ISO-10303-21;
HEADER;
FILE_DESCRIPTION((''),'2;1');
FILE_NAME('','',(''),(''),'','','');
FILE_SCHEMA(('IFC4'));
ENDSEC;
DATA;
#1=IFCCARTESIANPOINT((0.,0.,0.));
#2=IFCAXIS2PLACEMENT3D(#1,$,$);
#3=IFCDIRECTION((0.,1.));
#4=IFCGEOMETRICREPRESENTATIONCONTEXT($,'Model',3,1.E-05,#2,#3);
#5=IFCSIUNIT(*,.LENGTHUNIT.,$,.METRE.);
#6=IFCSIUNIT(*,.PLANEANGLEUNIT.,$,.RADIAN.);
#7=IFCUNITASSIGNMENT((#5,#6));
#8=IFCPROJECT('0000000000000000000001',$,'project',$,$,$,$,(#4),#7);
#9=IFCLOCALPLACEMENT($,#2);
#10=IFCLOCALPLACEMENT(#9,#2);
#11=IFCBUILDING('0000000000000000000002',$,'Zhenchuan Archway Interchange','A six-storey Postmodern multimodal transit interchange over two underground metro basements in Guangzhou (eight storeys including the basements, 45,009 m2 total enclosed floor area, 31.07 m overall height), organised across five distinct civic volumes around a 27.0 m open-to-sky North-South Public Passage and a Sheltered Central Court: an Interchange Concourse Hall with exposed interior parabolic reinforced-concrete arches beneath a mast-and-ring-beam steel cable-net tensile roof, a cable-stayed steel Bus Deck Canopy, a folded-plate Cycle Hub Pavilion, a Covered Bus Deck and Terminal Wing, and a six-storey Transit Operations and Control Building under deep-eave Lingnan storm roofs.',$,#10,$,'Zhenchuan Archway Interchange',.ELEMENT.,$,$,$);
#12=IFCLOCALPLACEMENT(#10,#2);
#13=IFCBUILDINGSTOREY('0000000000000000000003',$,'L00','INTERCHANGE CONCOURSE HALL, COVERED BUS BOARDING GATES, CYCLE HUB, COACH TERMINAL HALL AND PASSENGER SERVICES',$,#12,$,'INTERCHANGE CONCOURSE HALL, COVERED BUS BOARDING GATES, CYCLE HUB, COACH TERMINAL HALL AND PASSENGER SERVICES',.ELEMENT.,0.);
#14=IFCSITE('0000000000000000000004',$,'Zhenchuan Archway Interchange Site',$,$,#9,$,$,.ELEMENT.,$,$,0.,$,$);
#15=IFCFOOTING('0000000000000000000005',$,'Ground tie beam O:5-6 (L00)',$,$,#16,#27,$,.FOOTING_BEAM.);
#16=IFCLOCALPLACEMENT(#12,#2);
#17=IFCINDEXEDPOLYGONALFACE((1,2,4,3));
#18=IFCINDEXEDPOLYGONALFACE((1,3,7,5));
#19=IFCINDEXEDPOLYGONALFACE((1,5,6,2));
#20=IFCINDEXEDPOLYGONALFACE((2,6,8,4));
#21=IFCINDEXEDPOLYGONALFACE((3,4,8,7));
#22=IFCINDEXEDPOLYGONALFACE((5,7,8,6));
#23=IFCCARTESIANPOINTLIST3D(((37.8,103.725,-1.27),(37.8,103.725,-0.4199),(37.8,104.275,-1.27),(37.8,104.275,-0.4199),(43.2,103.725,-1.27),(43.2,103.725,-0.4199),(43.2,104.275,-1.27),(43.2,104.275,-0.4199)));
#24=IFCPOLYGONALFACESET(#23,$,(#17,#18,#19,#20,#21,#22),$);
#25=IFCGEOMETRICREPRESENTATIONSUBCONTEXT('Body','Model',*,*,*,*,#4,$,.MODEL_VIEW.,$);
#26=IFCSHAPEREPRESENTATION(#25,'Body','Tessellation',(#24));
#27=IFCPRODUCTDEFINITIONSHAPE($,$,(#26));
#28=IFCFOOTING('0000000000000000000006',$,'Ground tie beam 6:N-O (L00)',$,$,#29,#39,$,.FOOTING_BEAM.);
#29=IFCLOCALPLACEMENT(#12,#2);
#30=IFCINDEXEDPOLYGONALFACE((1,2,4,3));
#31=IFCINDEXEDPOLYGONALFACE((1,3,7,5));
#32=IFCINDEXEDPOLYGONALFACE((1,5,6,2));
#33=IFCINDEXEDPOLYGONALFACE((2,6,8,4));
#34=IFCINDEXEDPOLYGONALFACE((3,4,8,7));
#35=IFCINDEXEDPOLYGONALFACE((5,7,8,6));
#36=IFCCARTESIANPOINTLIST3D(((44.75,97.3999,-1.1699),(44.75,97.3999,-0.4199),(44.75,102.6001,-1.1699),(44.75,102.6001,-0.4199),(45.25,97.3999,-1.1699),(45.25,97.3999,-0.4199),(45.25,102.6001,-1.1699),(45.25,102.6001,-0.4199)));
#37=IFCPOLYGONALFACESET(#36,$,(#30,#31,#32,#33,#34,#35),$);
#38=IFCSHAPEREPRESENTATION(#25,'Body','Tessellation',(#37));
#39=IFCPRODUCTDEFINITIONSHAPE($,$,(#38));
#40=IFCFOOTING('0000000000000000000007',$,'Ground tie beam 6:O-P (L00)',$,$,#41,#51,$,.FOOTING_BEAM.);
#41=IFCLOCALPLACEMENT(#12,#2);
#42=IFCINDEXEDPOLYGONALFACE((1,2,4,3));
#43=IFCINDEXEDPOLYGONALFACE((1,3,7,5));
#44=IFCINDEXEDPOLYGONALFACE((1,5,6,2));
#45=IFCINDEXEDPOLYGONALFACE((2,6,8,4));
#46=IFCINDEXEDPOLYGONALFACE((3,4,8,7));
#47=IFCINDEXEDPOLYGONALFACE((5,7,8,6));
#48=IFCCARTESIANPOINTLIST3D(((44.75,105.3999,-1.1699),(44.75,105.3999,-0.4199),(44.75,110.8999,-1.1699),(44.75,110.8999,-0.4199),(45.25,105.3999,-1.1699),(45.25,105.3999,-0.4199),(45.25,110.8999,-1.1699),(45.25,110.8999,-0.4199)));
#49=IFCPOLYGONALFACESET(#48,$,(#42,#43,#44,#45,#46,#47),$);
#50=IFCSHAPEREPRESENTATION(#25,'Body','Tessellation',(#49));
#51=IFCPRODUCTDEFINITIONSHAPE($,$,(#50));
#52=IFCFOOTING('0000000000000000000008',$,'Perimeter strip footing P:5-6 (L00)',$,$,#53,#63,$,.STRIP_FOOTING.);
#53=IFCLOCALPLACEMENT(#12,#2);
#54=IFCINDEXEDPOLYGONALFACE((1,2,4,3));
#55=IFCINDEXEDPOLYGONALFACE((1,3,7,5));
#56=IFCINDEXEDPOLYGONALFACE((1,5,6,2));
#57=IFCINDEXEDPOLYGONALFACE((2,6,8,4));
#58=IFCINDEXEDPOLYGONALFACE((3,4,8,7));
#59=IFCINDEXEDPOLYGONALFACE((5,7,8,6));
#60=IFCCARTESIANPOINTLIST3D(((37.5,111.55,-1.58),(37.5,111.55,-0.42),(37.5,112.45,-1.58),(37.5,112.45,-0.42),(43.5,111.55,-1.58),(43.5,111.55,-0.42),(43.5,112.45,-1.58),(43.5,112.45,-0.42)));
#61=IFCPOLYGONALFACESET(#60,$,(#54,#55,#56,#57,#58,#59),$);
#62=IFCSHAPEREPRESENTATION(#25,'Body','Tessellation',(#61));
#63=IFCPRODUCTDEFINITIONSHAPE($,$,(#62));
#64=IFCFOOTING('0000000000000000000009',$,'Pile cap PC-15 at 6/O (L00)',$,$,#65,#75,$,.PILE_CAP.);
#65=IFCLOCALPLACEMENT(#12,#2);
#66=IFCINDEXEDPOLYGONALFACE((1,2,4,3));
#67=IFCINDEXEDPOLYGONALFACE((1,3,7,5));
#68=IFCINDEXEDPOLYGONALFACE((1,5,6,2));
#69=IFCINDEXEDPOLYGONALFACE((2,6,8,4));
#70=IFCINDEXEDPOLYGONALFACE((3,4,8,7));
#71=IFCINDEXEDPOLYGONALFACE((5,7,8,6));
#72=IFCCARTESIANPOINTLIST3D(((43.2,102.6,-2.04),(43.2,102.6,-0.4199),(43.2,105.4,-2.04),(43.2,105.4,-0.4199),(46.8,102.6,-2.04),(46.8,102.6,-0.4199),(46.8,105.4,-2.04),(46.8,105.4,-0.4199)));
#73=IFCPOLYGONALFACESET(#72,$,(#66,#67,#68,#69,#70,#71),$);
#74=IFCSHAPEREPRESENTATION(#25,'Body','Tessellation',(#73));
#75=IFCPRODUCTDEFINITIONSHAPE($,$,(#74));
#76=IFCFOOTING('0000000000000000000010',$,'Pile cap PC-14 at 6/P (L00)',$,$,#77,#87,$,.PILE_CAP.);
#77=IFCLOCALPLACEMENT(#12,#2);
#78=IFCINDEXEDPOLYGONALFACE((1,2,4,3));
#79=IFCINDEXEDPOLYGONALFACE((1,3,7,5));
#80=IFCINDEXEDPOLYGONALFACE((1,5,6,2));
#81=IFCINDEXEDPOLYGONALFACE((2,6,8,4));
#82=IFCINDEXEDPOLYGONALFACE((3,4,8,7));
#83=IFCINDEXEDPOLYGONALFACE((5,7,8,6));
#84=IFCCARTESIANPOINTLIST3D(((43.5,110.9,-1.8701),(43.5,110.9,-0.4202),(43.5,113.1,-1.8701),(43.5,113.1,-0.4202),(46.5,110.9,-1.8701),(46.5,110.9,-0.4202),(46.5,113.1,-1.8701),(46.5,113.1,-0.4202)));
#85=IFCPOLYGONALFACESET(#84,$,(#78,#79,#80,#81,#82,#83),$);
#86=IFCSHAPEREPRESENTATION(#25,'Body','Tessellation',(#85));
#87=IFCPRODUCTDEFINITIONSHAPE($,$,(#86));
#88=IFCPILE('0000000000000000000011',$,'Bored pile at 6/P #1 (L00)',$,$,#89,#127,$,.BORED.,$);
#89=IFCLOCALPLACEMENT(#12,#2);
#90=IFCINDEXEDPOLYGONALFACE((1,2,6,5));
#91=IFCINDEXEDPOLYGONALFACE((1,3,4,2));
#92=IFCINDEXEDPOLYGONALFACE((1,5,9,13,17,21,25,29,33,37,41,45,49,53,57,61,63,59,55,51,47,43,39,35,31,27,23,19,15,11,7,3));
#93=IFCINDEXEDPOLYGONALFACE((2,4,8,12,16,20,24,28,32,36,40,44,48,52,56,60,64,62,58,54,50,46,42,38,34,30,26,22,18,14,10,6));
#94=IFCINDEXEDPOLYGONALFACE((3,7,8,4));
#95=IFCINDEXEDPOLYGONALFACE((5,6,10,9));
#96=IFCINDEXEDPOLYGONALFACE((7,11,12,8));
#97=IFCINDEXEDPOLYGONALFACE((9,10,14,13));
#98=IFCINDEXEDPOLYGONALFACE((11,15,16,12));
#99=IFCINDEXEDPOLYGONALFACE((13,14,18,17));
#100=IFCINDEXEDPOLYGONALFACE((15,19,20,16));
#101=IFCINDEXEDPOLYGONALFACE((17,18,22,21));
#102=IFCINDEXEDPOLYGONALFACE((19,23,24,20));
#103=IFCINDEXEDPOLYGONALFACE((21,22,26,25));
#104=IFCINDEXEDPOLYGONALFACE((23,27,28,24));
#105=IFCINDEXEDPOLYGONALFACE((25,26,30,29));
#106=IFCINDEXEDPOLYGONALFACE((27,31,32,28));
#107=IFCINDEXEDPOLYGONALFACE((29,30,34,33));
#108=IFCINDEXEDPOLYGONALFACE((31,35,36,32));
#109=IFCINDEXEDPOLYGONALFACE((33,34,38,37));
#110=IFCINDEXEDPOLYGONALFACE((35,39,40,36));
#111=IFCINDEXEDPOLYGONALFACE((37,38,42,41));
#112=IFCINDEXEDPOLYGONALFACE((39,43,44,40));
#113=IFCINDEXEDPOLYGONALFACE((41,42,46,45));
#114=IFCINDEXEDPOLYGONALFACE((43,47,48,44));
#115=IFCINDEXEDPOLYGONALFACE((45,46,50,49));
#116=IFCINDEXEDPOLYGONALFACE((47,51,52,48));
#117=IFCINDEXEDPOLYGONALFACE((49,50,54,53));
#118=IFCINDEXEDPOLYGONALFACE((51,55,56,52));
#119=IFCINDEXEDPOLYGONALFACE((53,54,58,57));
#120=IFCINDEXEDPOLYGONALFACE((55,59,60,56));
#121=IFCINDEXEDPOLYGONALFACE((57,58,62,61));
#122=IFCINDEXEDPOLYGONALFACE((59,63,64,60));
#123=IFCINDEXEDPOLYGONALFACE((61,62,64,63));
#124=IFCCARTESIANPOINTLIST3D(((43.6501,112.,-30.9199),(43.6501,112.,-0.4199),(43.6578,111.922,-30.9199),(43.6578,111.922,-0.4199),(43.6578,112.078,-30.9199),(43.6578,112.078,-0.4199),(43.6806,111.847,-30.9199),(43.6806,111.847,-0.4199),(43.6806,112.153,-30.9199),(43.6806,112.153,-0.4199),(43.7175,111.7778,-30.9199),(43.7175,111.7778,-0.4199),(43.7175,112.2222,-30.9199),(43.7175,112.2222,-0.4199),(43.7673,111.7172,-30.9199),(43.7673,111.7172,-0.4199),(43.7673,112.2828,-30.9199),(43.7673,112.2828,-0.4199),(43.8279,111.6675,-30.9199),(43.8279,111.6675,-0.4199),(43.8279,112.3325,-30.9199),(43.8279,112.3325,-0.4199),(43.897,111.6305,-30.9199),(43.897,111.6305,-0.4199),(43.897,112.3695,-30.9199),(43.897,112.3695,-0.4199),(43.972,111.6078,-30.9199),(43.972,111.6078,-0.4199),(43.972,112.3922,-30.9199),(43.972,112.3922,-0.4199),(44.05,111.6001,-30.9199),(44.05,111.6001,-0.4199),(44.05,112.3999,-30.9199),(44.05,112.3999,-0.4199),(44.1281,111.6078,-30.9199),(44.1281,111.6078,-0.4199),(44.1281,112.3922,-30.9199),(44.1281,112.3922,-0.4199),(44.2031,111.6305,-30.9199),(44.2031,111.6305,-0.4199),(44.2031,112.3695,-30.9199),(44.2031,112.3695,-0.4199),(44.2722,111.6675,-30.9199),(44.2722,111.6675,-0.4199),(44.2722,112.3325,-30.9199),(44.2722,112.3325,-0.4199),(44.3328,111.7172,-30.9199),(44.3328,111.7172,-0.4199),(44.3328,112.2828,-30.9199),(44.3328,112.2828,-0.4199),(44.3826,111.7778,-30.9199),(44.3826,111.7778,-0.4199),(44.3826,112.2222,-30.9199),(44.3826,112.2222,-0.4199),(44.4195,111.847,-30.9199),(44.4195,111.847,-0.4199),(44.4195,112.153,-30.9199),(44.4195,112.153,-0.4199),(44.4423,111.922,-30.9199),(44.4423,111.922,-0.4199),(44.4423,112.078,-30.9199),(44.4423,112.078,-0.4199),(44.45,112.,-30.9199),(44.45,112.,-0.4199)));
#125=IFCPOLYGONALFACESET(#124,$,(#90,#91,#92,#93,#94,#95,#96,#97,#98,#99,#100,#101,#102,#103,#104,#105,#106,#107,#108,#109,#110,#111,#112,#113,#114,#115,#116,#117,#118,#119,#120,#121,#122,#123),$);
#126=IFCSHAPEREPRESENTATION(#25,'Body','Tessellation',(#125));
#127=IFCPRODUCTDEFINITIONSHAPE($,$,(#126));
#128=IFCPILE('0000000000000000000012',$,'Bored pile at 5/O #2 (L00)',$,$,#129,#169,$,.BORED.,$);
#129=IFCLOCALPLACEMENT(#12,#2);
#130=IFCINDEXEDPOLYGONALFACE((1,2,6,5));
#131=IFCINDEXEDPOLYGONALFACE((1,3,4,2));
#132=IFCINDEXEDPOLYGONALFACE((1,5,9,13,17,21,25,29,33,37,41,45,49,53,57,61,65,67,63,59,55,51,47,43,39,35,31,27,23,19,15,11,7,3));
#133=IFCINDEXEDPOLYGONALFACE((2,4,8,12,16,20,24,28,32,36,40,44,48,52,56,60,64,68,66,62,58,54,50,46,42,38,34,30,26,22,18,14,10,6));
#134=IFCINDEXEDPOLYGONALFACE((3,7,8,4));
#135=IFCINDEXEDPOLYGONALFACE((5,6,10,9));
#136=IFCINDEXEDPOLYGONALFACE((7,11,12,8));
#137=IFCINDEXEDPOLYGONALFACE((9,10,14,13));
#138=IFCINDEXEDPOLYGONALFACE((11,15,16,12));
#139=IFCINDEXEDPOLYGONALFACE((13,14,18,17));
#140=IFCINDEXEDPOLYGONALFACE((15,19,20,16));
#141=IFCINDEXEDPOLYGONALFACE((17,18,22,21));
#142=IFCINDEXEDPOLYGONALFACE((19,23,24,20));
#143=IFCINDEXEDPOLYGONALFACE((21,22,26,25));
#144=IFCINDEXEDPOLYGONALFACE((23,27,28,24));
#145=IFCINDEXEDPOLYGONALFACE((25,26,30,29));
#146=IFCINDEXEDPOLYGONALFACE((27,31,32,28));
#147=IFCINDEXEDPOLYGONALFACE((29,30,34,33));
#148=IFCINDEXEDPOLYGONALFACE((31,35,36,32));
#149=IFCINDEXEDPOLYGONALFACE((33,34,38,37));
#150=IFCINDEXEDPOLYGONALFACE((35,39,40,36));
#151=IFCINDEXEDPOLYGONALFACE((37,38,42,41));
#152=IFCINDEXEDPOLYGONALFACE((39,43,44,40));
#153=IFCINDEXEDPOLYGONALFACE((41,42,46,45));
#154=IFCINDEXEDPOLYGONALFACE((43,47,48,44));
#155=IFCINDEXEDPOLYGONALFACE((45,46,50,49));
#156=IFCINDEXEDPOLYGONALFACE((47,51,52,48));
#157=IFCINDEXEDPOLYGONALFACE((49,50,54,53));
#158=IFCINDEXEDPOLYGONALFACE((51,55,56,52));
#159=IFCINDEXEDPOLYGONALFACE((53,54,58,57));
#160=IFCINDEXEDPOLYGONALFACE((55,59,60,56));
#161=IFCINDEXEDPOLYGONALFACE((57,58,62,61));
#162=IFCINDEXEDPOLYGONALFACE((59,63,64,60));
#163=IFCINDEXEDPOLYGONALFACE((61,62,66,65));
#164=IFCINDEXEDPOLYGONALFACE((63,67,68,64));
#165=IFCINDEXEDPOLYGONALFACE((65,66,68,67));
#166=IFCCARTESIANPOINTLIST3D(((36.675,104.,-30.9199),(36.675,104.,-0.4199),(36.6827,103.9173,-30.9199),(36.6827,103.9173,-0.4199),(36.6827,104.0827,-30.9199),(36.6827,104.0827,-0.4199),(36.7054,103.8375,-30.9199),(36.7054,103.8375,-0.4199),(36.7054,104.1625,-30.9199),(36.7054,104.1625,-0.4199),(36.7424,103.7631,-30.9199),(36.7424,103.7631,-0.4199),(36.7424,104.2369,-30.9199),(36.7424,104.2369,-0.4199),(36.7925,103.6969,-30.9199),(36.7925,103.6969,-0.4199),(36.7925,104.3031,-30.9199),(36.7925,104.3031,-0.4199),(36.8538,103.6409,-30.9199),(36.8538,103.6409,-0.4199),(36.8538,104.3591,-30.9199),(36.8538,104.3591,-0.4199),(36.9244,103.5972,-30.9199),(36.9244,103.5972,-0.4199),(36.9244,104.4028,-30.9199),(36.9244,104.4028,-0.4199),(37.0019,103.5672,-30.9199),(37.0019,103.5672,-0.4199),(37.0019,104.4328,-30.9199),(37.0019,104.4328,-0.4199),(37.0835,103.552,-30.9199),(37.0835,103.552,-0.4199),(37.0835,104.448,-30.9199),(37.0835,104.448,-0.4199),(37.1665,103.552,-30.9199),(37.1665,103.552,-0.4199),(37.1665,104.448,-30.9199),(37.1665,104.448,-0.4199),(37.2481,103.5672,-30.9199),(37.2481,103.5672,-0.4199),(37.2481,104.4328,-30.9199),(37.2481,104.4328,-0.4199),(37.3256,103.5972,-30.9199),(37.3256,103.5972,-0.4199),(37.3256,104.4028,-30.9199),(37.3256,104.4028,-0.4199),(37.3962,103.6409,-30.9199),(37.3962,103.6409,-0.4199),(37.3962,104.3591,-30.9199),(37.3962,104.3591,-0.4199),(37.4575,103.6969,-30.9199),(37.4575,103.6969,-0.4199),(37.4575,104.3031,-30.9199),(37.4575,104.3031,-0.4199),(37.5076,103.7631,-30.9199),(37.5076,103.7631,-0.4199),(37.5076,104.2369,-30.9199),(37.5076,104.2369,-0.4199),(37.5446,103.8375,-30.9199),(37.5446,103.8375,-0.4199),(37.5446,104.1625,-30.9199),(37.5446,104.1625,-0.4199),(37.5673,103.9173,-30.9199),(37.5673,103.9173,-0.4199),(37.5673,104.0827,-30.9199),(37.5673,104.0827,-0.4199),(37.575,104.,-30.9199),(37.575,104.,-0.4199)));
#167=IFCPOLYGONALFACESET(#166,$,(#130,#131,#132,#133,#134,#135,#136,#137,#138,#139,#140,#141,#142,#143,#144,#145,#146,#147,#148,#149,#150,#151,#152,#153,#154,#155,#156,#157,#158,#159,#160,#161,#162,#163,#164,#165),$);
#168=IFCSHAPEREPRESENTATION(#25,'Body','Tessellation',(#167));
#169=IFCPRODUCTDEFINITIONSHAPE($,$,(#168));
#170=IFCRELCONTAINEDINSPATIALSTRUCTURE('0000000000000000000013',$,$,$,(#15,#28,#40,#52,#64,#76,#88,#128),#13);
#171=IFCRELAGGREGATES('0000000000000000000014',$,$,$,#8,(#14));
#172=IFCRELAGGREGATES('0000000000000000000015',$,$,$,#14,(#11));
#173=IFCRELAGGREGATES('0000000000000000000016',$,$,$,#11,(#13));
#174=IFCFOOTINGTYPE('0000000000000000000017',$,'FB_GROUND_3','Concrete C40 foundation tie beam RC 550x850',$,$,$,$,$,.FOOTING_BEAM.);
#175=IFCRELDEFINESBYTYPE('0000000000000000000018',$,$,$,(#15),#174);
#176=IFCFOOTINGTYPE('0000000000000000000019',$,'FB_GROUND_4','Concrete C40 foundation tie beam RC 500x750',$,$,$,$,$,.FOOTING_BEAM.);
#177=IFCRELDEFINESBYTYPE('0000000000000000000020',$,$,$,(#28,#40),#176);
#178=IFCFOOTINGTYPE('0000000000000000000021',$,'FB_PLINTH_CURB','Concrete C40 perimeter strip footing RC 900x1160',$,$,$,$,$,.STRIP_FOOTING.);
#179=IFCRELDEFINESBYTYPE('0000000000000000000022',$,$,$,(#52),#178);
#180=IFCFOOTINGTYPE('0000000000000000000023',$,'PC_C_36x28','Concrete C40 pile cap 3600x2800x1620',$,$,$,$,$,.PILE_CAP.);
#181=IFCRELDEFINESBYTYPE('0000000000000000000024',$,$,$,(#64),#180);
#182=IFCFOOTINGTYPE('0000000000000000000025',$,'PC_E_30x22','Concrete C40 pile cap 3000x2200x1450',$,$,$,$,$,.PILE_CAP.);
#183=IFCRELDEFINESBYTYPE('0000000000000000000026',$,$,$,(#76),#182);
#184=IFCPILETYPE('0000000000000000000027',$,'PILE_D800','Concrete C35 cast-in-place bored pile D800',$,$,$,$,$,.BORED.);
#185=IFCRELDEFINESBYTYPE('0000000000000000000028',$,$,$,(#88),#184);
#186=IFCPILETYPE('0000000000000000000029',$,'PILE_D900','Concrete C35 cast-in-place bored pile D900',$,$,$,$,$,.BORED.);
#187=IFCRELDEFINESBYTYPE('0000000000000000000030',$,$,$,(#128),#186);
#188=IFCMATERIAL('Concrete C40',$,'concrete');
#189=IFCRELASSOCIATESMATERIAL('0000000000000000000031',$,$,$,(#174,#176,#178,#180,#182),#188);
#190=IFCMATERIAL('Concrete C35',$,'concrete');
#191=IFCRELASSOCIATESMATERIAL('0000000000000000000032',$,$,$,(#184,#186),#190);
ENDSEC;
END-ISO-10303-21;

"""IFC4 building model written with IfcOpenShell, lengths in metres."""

from ifc_helpers import new_model, si_unit, direction, frame, origin, origin_2d, place, context, subcontext, project, spatial, rectangle, circle, extrude, material, material_profile, profile_set, type_object, element, save


model = new_model("IFC4")

# Units and contexts
model_context = context("Model", 3, precision=1e-05, world=origin(), true_north=direction((0.0, 1.0)))
body_context = subcontext(model_context, "Body", "Model", "MODEL_VIEW")
ifc_project = project(units=[si_unit("LENGTHUNIT", "METRE"), si_unit("PLANEANGLEUNIT", "RADIAN")], contexts=[model_context])

# Site, building, storey
site_placement = place(None, origin())
site = spatial("IfcSite", under=ifc_project, at=site_placement, Name="Zhenchuan Archway Interchange Site", CompositionType="ELEMENT", RefElevation=0.0)
building_placement = place(site_placement, origin())
building = spatial("IfcBuilding", under=site, at=building_placement, Name="Zhenchuan Archway Interchange", Description="A six-storey Postmodern multimodal transit interchange over two underground metro basements in Guangzhou (eight storeys including the basements, 45,009 m2 total enclosed floor area, 31.07 m overall height), organised across five distinct civic volumes around a 27.0 m open-to-sky North-South Public Passage and a Sheltered Central Court: an Interchange Concourse Hall with exposed interior parabolic reinforced-concrete arches beneath a mast-and-ring-beam steel cable-net tensile roof, a cable-stayed steel Bus Deck Canopy, a folded-plate Cycle Hub Pavilion, a Covered Bus Deck and Terminal Wing, and a six-storey Transit Operations and Control Building under deep-eave Lingnan storm roofs.", LongName="Zhenchuan Archway Interchange", CompositionType="ELEMENT")
storey_placement = place(building_placement, origin())
storey = spatial("IfcBuildingStorey", under=building, at=storey_placement, Name="L00", Description="INTERCHANGE CONCOURSE HALL, COVERED BUS BOARDING GATES, CYCLE HUB, COACH TERMINAL HALL AND PASSENGER SERVICES", LongName="INTERCHANGE CONCOURSE HALL, COVERED BUS BOARDING GATES, CYCLE HUB, COACH TERMINAL HALL AND PASSENGER SERVICES", CompositionType="ELEMENT", Elevation=0.0)

# Footings
ifc_material_1 = material(Name="Concrete C40", Category="concrete")
ifc_material_profile_1 = material_profile(ifc_material_1, rectangle(XDim=0.55, YDim=0.8501, at=origin_2d()), Name="RC 550x850")
ifc_profile_set_1 = profile_set([ifc_material_profile_1], Name="Concrete C40")
footing_type_1 = type_object("IfcFootingType", Name="FB_GROUND_3", Description="Concrete C40 foundation tie beam RC 550x850", PredefinedType="FOOTING_BEAM", material=ifc_profile_set_1)
footing_1_placement = place(storey_placement, frame((37.8, 104.0, -0.845), z_axis=(1.0, 0.0, 0.0), x_axis=(0.0, 1.0, 0.0)))
element("IfcFooting", 1, at=footing_1_placement, inside=storey, type_object=footing_type_1, Name="Ground tie beam O:5-6 (L00)", PredefinedType="FOOTING_BEAM", context=body_context, shape_type="SweptSolid", body=[
    extrude(rectangle(XDim=0.55, YDim=0.8501, at=origin_2d()), origin(), (0.0, 0.0, 1.0), 5.3999),
])
ifc_material_profile_2 = material_profile(ifc_material_1, rectangle(XDim=0.5, YDim=0.75, at=origin_2d()), Name="RC 500x750")
ifc_profile_set_2 = profile_set([ifc_material_profile_2], Name="Concrete C40")
footing_type_2 = type_object("IfcFootingType", Name="FB_GROUND_4", Description="Concrete C40 foundation tie beam RC 500x750", PredefinedType="FOOTING_BEAM", material=ifc_profile_set_2)
footing_2_placement = place(storey_placement, frame((45.0, 97.3999, -0.7949), z_axis=(0.0, 1.0, 0.0), x_axis=(-1.0, 0.0, 0.0)))
element("IfcFooting", 2, at=footing_2_placement, inside=storey, type_object=footing_type_2, Name="Ground tie beam 6:N-O (L00)", PredefinedType="FOOTING_BEAM", context=body_context, shape_type="SweptSolid", body=[
    extrude(rectangle(XDim=0.5, YDim=0.75, at=origin_2d()), origin(), (0.0, 0.0, 1.0), 5.2002),
])
footing_3_placement = place(storey_placement, frame((45.0, 105.3999, -0.7949), z_axis=(0.0, 1.0, 0.0), x_axis=(-1.0, 0.0, 0.0)))
element("IfcFooting", 3, at=footing_3_placement, inside=storey, type_object=footing_type_2, Name="Ground tie beam 6:O-P (L00)", PredefinedType="FOOTING_BEAM", context=body_context, shape_type="SweptSolid", body=[
    extrude(rectangle(XDim=0.5, YDim=0.75, at=origin_2d()), origin(), (0.0, 0.0, 1.0), 5.5),
])
ifc_material_profile_3 = material_profile(ifc_material_1, rectangle(XDim=0.8999, YDim=1.1599, at=origin_2d()), Name="RC 900x1160")
ifc_profile_set_3 = profile_set([ifc_material_profile_3], Name="Concrete C40")
footing_type_3 = type_object("IfcFootingType", Name="FB_PLINTH_CURB", Description="Concrete C40 perimeter strip footing RC 900x1160", PredefinedType="STRIP_FOOTING", material=ifc_profile_set_3)
footing_4_placement = place(storey_placement, frame((37.5, 112.0, -1.0), z_axis=(1.0, 0.0, 0.0), x_axis=(0.0, 1.0, 0.0)))
element("IfcFooting", 4, at=footing_4_placement, inside=storey, type_object=footing_type_3, Name="Perimeter strip footing P:5-6 (L00)", PredefinedType="STRIP_FOOTING", context=body_context, shape_type="SweptSolid", body=[
    extrude(rectangle(XDim=0.8999, YDim=1.1599, at=origin_2d()), origin(), (0.0, 0.0, 1.0), 6.0),
])
footing_type_4 = type_object("IfcFootingType", Name="PC_C_36x28", Description="Concrete C40 pile cap 3600x2800x1620", PredefinedType="PILE_CAP", material=ifc_material_1)
footing_5_placement = place(storey_placement, frame((45.0, 104.0, -2.04), z_axis=(0.0, 0.0, 1.0), x_axis=(1.0, 0.0, 0.0)))
element("IfcFooting", 5, at=footing_5_placement, inside=storey, type_object=footing_type_4, Name="Pile cap PC-15 at 6/O (L00)", PredefinedType="PILE_CAP", context=body_context, shape_type="SweptSolid", body=[
    extrude(rectangle(XDim=3.6001, YDim=2.8, at=origin_2d()), origin(), (0.0, 0.0, 1.0), 1.6201),
])
footing_type_5 = type_object("IfcFootingType", Name="PC_E_30x22", Description="Concrete C40 pile cap 3000x2200x1450", PredefinedType="PILE_CAP", material=ifc_material_1)
footing_6_placement = place(storey_placement, frame((45.0, 112.0, -1.8701), z_axis=(0.0, 0.0, 1.0), x_axis=(1.0, 0.0, 0.0)))
element("IfcFooting", 6, at=footing_6_placement, inside=storey, type_object=footing_type_5, Name="Pile cap PC-14 at 6/P (L00)", PredefinedType="PILE_CAP", context=body_context, shape_type="SweptSolid", body=[
    extrude(rectangle(XDim=3.0, YDim=2.2, at=origin_2d()), origin(), (0.0, 0.0, 1.0), 1.45),
])

# Piles
ifc_material_2 = material(Name="Concrete C35", Category="concrete")
ifc_material_profile_4 = material_profile(ifc_material_2, circle(Radius=0.3999, at=origin_2d()), Name="BORED PILE 800")
ifc_profile_set_4 = profile_set([ifc_material_profile_4], Name="Concrete C35")
pile_type_1 = type_object("IfcPileType", Name="PILE_D800", Description="Concrete C35 cast-in-place bored pile D800", PredefinedType="BORED", material=ifc_profile_set_4)
pile_placement = place(storey_placement, frame((44.05, 112.0, -0.4199), z_axis=(0.0, 0.0, -1.0), x_axis=(1.0, 0.0, 0.0)))
element("IfcPile", 7, at=pile_placement, inside=storey, type_object=pile_type_1, Name="Bored pile at 6/P #1 (L00)", PredefinedType="BORED", context=body_context, shape_type="SweptSolid", body=[
    extrude(circle(Radius=0.3999, at=origin_2d()), origin(), (0.0, 0.0, 1.0), 30.5),
])
ifc_material_profile_5 = material_profile(ifc_material_2, circle(Radius=0.45, at=origin_2d()), Name="BORED PILE 900")
ifc_profile_set_5 = profile_set([ifc_material_profile_5], Name="Concrete C35")
pile_type_2 = type_object("IfcPileType", Name="PILE_D900", Description="Concrete C35 cast-in-place bored pile D900", PredefinedType="BORED", material=ifc_profile_set_5)
for number, where, z_axis, x_axis, name in (
    (8, (37.125, 104.0, -0.4199), (0.0, 0.0, -1.0), (1.0, 0.0, 0.0), "Bored pile at 5/O #2 (L00)"),
):
    element("IfcPile", number, at=place(storey_placement, frame(where, z_axis=z_axis, x_axis=x_axis)), inside=storey, type_object=pile_type_2, Name=name, PredefinedType="BORED", context=body_context, shape_type="SweptSolid", body=[
        extrude(circle(Radius=0.45, at=origin_2d()), origin(), (0.0, 0.0, 1.0), 30.5),
    ])

save(model, "model.ifc")
